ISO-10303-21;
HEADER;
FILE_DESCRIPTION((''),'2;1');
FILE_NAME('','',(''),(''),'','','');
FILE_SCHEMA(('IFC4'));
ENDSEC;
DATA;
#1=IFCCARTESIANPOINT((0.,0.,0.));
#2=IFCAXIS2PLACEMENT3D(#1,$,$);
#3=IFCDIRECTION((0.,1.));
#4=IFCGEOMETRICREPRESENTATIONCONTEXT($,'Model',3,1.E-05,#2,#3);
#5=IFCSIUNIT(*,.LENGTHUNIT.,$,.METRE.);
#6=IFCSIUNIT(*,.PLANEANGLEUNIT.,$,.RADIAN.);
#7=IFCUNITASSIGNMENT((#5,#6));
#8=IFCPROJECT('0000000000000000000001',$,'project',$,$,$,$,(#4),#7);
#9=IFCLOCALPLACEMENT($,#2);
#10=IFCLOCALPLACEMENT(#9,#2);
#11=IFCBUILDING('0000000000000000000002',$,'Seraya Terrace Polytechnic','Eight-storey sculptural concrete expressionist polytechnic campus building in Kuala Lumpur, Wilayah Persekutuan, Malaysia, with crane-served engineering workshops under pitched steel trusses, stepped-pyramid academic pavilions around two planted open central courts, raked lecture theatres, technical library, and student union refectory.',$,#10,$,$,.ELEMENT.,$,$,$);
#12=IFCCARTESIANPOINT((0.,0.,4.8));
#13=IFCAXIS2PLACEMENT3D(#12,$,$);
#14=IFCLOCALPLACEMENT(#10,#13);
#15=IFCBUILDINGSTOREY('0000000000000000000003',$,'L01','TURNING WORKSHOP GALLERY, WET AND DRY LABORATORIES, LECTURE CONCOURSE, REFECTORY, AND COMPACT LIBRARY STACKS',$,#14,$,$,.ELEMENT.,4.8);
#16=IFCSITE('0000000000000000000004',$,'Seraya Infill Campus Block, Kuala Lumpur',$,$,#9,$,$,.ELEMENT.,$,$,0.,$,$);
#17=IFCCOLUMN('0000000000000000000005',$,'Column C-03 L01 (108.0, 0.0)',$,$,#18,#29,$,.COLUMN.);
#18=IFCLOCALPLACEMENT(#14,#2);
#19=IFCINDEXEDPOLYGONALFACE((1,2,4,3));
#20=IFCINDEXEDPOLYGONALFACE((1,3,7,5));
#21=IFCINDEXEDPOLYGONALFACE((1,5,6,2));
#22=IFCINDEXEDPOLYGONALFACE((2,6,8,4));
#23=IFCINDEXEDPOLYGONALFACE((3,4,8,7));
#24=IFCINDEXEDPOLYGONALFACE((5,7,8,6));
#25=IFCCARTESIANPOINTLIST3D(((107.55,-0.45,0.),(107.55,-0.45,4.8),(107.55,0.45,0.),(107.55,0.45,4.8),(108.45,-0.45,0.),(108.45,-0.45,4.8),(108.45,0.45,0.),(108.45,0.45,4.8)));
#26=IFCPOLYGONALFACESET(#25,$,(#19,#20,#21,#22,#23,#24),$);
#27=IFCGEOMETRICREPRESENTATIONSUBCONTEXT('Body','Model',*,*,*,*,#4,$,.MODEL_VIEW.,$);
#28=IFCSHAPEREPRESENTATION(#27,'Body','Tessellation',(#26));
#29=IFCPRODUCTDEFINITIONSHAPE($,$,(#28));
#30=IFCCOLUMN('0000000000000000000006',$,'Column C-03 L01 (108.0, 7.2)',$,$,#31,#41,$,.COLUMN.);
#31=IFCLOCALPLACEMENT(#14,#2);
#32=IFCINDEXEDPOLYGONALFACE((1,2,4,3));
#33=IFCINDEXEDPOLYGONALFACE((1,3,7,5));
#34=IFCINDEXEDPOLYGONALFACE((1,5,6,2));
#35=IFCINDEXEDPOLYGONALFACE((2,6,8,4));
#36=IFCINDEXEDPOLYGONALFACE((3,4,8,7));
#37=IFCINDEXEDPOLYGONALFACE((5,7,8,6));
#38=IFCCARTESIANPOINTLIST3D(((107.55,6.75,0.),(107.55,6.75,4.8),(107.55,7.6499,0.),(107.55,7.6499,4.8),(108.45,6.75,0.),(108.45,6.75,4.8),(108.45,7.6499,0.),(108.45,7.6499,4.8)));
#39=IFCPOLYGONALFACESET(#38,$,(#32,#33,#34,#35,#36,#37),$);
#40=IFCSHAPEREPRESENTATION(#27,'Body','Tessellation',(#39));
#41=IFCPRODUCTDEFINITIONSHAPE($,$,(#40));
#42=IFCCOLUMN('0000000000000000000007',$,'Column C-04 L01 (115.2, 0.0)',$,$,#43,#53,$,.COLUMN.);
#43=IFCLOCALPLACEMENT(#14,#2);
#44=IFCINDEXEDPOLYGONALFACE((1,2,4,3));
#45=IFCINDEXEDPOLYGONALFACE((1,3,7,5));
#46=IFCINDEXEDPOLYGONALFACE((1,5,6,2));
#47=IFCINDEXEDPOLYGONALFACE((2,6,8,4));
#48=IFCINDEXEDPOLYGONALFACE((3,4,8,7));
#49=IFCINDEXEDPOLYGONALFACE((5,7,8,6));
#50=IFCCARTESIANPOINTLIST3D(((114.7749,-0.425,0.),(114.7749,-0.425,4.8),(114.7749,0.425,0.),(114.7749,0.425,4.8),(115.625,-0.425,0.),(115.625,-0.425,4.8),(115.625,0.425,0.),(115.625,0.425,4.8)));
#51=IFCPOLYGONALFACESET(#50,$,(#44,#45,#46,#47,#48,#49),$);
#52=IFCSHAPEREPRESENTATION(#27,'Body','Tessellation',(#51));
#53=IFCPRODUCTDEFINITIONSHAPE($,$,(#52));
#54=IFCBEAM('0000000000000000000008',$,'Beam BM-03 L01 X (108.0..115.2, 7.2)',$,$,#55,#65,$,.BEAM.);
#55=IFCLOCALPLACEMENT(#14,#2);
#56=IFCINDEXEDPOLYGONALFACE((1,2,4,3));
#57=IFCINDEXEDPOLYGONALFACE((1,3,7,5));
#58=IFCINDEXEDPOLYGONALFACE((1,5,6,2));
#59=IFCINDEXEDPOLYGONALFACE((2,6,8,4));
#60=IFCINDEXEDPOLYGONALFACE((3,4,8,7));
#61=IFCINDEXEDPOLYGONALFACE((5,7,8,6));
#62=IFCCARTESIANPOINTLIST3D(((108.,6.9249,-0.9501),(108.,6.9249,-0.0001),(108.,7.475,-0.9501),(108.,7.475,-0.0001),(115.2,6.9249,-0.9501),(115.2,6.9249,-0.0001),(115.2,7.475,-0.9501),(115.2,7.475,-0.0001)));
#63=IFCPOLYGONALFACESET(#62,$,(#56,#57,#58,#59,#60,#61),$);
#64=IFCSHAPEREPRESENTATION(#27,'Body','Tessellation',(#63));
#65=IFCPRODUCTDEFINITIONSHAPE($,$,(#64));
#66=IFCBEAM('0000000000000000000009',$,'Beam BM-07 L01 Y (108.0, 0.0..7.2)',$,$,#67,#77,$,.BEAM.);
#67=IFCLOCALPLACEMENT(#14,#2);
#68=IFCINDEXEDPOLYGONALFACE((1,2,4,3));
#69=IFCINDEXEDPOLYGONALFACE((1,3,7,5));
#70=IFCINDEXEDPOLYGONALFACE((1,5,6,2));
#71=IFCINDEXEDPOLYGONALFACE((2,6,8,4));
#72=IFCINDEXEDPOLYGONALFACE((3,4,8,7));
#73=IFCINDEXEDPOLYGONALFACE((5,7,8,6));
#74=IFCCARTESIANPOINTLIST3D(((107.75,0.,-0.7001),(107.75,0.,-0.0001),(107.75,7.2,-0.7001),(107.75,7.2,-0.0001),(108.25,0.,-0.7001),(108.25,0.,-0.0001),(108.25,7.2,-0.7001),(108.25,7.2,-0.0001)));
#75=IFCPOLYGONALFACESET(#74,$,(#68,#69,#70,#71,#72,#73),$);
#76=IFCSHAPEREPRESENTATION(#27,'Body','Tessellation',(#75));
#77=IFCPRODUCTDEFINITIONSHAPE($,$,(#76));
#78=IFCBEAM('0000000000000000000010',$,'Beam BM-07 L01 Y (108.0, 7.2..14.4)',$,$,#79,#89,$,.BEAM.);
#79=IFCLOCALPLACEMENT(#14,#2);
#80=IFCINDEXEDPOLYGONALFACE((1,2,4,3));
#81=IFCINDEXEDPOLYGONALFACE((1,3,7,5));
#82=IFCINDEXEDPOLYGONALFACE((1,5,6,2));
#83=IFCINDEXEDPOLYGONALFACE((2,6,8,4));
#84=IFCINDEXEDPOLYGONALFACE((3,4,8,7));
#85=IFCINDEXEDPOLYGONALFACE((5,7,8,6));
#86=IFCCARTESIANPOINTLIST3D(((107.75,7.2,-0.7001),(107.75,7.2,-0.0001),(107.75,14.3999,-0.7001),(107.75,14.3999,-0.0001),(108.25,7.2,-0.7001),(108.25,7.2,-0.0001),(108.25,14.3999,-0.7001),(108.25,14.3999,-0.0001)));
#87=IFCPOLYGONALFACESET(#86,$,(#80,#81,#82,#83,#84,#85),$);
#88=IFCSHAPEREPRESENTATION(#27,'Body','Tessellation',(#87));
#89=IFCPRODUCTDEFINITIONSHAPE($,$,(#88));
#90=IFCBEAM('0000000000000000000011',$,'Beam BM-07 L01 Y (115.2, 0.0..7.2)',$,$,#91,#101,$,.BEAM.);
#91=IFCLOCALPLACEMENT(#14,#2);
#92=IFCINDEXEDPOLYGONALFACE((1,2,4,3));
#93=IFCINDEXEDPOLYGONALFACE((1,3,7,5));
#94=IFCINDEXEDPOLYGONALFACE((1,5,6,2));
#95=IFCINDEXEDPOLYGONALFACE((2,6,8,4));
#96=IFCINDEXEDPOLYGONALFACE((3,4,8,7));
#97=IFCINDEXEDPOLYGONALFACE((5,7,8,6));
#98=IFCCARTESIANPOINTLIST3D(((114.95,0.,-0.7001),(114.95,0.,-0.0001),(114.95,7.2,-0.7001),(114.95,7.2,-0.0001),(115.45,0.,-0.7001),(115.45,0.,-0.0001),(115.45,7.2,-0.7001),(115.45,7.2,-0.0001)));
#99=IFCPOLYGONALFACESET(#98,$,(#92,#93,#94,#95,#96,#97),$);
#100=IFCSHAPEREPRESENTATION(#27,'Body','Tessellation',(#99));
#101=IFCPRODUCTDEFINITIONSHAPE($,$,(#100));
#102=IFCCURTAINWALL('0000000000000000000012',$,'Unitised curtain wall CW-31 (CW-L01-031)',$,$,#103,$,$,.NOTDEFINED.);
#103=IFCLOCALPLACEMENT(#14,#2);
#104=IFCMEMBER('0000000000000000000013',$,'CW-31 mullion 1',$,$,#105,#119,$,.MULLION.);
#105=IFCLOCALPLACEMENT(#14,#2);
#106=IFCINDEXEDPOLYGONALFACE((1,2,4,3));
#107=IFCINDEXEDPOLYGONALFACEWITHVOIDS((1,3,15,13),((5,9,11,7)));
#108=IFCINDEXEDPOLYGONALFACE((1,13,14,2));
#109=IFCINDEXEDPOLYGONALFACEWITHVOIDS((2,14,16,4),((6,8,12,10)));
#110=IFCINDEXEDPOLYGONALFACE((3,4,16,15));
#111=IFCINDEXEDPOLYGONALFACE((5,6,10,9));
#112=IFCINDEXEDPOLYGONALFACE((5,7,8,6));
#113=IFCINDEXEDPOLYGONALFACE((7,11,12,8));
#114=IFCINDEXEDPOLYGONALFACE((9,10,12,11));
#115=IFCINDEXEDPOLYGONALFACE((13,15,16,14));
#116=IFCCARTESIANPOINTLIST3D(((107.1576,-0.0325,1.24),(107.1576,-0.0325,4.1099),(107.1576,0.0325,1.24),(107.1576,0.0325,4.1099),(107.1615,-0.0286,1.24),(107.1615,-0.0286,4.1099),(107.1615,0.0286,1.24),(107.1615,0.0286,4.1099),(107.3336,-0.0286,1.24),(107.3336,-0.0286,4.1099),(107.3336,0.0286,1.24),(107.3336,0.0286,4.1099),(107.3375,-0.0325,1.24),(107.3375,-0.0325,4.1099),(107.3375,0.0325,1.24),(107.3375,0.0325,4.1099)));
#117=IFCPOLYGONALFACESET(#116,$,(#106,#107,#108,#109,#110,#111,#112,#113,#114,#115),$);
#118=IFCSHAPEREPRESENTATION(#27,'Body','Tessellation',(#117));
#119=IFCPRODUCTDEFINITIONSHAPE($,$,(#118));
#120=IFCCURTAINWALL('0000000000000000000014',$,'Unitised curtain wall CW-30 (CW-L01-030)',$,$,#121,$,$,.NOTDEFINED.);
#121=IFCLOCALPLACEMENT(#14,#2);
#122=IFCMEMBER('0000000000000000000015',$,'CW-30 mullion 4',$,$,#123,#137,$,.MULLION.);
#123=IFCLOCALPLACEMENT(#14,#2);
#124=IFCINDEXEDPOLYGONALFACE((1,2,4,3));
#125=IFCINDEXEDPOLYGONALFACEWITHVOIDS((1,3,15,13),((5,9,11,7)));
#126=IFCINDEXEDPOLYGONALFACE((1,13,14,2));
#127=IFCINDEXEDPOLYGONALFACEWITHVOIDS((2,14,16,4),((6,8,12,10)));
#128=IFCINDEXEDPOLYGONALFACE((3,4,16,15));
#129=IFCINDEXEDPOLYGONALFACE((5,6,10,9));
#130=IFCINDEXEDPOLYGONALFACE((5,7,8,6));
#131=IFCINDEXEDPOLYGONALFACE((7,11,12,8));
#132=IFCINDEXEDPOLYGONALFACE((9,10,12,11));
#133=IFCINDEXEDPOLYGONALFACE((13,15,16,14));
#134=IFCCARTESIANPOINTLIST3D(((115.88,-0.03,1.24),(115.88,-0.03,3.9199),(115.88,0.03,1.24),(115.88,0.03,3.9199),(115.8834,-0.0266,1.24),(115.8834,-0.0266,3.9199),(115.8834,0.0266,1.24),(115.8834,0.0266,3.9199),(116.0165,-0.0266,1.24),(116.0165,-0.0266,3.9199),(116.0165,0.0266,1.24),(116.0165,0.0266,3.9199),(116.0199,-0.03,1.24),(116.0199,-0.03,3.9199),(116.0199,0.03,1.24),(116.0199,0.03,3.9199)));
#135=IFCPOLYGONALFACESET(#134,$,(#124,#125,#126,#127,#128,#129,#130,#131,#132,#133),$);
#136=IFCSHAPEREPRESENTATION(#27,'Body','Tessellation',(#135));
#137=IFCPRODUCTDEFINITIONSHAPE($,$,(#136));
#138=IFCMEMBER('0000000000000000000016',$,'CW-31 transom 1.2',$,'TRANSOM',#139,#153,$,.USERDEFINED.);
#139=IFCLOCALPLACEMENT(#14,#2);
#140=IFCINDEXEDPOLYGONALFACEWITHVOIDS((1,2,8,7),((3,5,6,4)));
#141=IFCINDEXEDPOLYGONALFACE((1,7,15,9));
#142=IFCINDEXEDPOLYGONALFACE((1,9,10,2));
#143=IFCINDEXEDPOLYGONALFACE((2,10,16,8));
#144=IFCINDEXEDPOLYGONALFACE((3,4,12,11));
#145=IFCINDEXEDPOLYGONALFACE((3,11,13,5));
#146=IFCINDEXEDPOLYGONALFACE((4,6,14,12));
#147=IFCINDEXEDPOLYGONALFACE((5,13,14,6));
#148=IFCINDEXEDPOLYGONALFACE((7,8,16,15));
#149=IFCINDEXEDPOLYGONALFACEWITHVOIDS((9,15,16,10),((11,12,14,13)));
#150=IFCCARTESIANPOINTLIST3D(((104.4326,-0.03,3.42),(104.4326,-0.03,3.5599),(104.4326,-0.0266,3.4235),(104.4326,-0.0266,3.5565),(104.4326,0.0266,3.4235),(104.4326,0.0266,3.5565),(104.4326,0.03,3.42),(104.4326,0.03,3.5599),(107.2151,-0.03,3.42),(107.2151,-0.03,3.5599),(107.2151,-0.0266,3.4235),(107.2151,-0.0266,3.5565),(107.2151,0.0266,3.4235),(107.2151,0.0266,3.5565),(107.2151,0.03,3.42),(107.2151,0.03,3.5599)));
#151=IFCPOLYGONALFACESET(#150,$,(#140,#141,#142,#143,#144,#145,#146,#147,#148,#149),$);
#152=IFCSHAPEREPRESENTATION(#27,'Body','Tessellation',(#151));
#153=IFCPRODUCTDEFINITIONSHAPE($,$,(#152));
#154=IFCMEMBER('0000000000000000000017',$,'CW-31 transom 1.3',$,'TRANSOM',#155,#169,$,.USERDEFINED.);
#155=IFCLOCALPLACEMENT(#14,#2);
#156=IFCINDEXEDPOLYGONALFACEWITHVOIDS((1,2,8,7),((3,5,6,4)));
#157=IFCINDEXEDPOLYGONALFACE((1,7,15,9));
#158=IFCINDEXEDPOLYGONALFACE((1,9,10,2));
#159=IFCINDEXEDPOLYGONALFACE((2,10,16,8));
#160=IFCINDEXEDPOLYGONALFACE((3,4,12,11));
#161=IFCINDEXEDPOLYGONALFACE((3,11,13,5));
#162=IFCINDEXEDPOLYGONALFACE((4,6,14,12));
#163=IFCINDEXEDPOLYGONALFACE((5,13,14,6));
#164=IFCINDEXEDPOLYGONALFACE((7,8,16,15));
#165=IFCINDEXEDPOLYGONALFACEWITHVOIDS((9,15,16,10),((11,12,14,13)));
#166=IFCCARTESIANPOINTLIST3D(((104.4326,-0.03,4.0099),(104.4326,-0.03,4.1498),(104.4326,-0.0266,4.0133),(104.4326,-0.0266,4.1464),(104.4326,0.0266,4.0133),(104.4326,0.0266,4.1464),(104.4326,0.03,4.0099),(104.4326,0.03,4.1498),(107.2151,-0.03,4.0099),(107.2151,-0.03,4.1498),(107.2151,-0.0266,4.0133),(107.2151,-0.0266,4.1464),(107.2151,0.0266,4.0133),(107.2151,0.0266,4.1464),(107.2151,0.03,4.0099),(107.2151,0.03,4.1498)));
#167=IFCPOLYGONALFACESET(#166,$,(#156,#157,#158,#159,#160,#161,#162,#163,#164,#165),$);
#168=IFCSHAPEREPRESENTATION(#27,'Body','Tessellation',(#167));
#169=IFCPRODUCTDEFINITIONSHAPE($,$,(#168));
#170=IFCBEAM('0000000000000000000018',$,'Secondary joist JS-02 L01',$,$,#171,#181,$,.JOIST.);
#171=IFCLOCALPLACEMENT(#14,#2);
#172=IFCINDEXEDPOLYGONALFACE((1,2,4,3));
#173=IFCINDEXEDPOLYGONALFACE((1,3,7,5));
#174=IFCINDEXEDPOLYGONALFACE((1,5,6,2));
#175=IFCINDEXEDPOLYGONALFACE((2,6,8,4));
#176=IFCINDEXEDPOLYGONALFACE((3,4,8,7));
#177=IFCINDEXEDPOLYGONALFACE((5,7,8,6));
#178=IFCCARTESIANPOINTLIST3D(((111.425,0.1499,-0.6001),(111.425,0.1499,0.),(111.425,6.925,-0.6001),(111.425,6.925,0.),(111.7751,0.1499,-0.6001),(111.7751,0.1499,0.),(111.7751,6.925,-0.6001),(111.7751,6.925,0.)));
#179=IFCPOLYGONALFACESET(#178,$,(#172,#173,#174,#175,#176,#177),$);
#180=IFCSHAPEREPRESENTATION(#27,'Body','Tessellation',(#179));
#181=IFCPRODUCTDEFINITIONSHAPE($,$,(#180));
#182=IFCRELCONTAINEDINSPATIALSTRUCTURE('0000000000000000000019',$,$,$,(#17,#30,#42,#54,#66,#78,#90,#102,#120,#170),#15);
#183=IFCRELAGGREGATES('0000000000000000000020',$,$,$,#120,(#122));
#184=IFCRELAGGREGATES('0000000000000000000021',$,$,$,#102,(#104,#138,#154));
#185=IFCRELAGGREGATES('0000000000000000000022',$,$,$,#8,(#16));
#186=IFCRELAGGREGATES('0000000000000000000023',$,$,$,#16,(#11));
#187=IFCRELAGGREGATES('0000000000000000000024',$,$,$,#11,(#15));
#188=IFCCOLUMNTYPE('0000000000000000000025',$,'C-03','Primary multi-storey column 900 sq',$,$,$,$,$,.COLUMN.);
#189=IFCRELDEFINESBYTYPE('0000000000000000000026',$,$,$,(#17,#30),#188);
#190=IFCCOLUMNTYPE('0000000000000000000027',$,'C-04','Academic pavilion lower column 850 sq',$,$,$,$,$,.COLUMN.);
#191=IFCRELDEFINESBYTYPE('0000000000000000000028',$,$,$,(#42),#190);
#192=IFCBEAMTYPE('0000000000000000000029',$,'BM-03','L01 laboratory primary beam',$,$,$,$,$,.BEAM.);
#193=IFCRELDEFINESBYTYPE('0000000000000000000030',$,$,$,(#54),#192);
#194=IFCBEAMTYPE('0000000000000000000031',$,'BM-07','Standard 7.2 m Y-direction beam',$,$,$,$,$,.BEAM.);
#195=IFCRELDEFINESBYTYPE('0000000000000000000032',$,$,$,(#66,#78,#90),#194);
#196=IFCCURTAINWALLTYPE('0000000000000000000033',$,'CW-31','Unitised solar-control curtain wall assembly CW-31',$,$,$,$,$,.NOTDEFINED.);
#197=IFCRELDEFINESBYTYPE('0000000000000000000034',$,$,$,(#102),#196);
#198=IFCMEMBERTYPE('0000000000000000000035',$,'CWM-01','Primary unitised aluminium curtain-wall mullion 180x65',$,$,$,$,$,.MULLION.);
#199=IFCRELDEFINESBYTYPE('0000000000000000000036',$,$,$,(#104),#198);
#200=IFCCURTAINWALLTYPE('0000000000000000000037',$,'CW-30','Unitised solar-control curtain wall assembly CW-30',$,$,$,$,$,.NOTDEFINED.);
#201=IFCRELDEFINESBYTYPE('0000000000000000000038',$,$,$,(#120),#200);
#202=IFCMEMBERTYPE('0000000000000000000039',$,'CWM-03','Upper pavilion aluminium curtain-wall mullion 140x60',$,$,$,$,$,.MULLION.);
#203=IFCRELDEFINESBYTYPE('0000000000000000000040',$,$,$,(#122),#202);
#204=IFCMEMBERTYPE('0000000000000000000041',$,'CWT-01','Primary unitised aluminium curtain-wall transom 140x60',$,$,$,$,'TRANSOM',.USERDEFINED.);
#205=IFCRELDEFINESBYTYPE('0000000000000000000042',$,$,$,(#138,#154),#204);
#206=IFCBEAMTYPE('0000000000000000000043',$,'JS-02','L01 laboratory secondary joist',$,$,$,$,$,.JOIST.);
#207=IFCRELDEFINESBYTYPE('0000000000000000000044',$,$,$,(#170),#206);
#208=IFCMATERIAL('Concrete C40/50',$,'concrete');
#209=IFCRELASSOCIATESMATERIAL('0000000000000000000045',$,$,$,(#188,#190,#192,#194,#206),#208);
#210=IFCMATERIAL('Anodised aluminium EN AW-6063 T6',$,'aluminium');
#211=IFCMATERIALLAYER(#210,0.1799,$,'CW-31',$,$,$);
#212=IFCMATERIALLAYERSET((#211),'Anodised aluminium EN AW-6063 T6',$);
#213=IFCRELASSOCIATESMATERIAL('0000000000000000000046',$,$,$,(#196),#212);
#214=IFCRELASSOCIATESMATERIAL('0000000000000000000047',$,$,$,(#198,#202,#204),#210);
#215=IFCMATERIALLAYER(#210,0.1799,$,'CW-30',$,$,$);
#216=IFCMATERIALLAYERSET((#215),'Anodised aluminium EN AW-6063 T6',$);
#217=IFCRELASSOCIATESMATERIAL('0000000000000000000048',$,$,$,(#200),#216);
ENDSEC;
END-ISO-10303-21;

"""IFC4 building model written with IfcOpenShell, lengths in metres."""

from ifc_helpers import new_model, si_unit, direction, frame, origin, origin_2d, place, context, subcontext, project, spatial, rectangle, hollow_rectangle, extrude, material, layer, layer_set, material_profile, profile_set, type_object, element, aggregate, save


model = new_model("IFC4")

# Units and contexts
model_context = context("Model", 3, precision=1e-05, world=origin(), true_north=direction((0.0, 1.0)))
body_context = subcontext(model_context, "Body", "Model", "MODEL_VIEW")
ifc_project = project(units=[si_unit("LENGTHUNIT", "METRE"), si_unit("PLANEANGLEUNIT", "RADIAN")], contexts=[model_context])

# Site, building, storey
site_placement = place(None, origin())
site = spatial("IfcSite", under=ifc_project, at=site_placement, Name="Seraya Infill Campus Block, Kuala Lumpur", CompositionType="ELEMENT", RefElevation=0.0)
building_placement = place(site_placement, origin())
building = spatial("IfcBuilding", under=site, at=building_placement, Name="Seraya Terrace Polytechnic", Description="Eight-storey sculptural concrete expressionist polytechnic campus building in Kuala Lumpur, Wilayah Persekutuan, Malaysia, with crane-served engineering workshops under pitched steel trusses, stepped-pyramid academic pavilions around two planted open central courts, raked lecture theatres, technical library, and student union refectory.", CompositionType="ELEMENT")
storey_placement = place(building_placement, frame((0.0, 0.0, 4.8)))
storey = spatial("IfcBuildingStorey", under=building, at=storey_placement, Name="L01", Description="TURNING WORKSHOP GALLERY, WET AND DRY LABORATORIES, LECTURE CONCOURSE, REFECTORY, AND COMPACT LIBRARY STACKS", CompositionType="ELEMENT", Elevation=4.8)

# Columns
ifc_material_1 = material(Name="Concrete C40/50", Category="concrete")
ifc_material_profile_1 = material_profile(ifc_material_1, rectangle(XDim=0.8999, YDim=0.8999, at=origin_2d()), Name="RC 900x900")
ifc_profile_set_1 = profile_set([ifc_material_profile_1], Name="Concrete C40/50")
column_type_1 = type_object("IfcColumnType", Name="C-03", Description="Primary multi-storey column 900 sq", PredefinedType="COLUMN", material=ifc_profile_set_1)
for number, where, z_axis, x_axis, name in (
    (1, (108.0, 0.0, 0.0), (0.0, 0.0, 1.0), (1.0, 0.0, 0.0), "Column C-03 L01 (108.0, 0.0)"),
    (2, (108.0, 7.2, 0.0), (0.0, 0.0, 1.0), (1.0, 0.0, 0.0), "Column C-03 L01 (108.0, 7.2)"),
):
    element("IfcColumn", number, at=place(storey_placement, frame(where, z_axis=z_axis, x_axis=x_axis)), inside=storey, type_object=column_type_1, Name=name, PredefinedType="COLUMN", context=body_context, shape_type="SweptSolid", body=[
        extrude(rectangle(XDim=0.8999, YDim=0.8999, at=origin_2d()), origin(), (0.0, 0.0, 1.0), 4.8),
    ])
ifc_material_profile_2 = material_profile(ifc_material_1, rectangle(XDim=0.8501, YDim=0.8501, at=origin_2d()), Name="RC 850x850")
ifc_profile_set_2 = profile_set([ifc_material_profile_2], Name="Concrete C40/50")
column_type_2 = type_object("IfcColumnType", Name="C-04", Description="Academic pavilion lower column 850 sq", PredefinedType="COLUMN", material=ifc_profile_set_2)
column_placement = place(storey_placement, frame((115.2, 0.0, 0.0), z_axis=(0.0, 0.0, 1.0), x_axis=(1.0, 0.0, 0.0)))
element("IfcColumn", 3, at=column_placement, inside=storey, type_object=column_type_2, Name="Column C-04 L01 (115.2, 0.0)", PredefinedType="COLUMN", context=body_context, shape_type="SweptSolid", body=[
    extrude(rectangle(XDim=0.8501, YDim=0.8501, at=origin_2d()), origin(), (0.0, 0.0, 1.0), 4.8),
])

# Beams
ifc_material_profile_3 = material_profile(ifc_material_1, rectangle(XDim=0.55, YDim=0.95, at=origin_2d()), Name="RC 550x950")
ifc_profile_set_3 = profile_set([ifc_material_profile_3], Name="Concrete C40/50")
beam_type_1 = type_object("IfcBeamType", Name="BM-03", Description="L01 laboratory primary beam", PredefinedType="BEAM", material=ifc_profile_set_3)
beam_1_placement = place(storey_placement, frame((108.0, 7.2, -0.4751), z_axis=(1.0, 0.0, 0.0), x_axis=(0.0, 1.0, 0.0)))
element("IfcBeam", 4, at=beam_1_placement, inside=storey, type_object=beam_type_1, Name="Beam BM-03 L01 X (108.0..115.2, 7.2)", PredefinedType="BEAM", context=body_context, shape_type="SweptSolid", body=[
    extrude(rectangle(XDim=0.55, YDim=0.95, at=origin_2d()), origin(), (0.0, 0.0, 1.0), 7.2),
])
ifc_material_profile_4 = material_profile(ifc_material_1, rectangle(XDim=0.5, YDim=0.7, at=origin_2d()), Name="RC 500x700")
ifc_profile_set_4 = profile_set([ifc_material_profile_4], Name="Concrete C40/50")
beam_type_2 = type_object("IfcBeamType", Name="BM-07", Description="Standard 7.2 m Y-direction beam", PredefinedType="BEAM", material=ifc_profile_set_4)
for number, where, z_axis, x_axis, name in (
    (5, (108.0, 0.0, -0.3501), (0.0, 1.0, 0.0), (-1.0, 0.0, 0.0), "Beam BM-07 L01 Y (108.0, 0.0..7.2)"),
    (6, (108.0, 7.2, -0.3501), (0.0, 1.0, 0.0), (-1.0, 0.0, 0.0), "Beam BM-07 L01 Y (108.0, 7.2..14.4)"),
    (7, (115.2, 0.0, -0.3501), (0.0, 1.0, 0.0), (-1.0, 0.0, 0.0), "Beam BM-07 L01 Y (115.2, 0.0..7.2)"),
):
    element("IfcBeam", number, at=place(storey_placement, frame(where, z_axis=z_axis, x_axis=x_axis)), inside=storey, type_object=beam_type_2, Name=name, PredefinedType="BEAM", context=body_context, shape_type="SweptSolid", body=[
        extrude(rectangle(XDim=0.5, YDim=0.7, at=origin_2d()), origin(), (0.0, 0.0, 1.0), 7.2),
    ])

# Curtain walls, members
ifc_material_2 = material(Name="Anodised aluminium EN AW-6063 T6", Category="aluminium")
ifc_layer_1 = layer(ifc_material_2, 0.1799, Name="CW-31")
ifc_layer_set_1 = layer_set([ifc_layer_1], Name="Anodised aluminium EN AW-6063 T6")
curtain_wall_type_1 = type_object("IfcCurtainWallType", Name="CW-31", Description="Unitised solar-control curtain wall assembly CW-31", PredefinedType="NOTDEFINED", material=ifc_layer_set_1)
curtain_wall_1_placement = place(storey_placement, origin())
curtain_wall_1 = element("IfcCurtainWall", 8, at=curtain_wall_1_placement, inside=storey, type_object=curtain_wall_type_1, Name="Unitised curtain wall CW-31 (CW-L01-031)", PredefinedType="NOTDEFINED")
ifc_material_profile_5 = material_profile(ifc_material_2, hollow_rectangle(XDim=0.0649, YDim=0.1799, WallThickness=0.0039, at=origin_2d()), Name="RHS 180x65x4.0")
ifc_profile_set_5 = profile_set([ifc_material_profile_5], Name="Anodised aluminium EN AW-6063 T6")
member_type_1 = type_object("IfcMemberType", Name="CWM-01", Description="Primary unitised aluminium curtain-wall mullion 180x65", PredefinedType="MULLION", material=ifc_profile_set_5)
member_1_placement = place(storey_placement, frame((107.2476, 0.0, 1.24), z_axis=(0.0, 0.0, 1.0), x_axis=(0.0, -1.0, 0.0)))
member_1 = element("IfcMember", 9, at=member_1_placement, type_object=member_type_1, Name="CW-31 mullion 1", PredefinedType="MULLION", context=body_context, shape_type="SweptSolid", body=[
    extrude(hollow_rectangle(XDim=0.0649, YDim=0.1799, WallThickness=0.0039, at=origin_2d()), origin(), (0.0, 0.0, 1.0), 2.8699),
])
ifc_layer_2 = layer(ifc_material_2, 0.1799, Name="CW-30")
ifc_layer_set_2 = layer_set([ifc_layer_2], Name="Anodised aluminium EN AW-6063 T6")
curtain_wall_type_2 = type_object("IfcCurtainWallType", Name="CW-30", Description="Unitised solar-control curtain wall assembly CW-30", PredefinedType="NOTDEFINED", material=ifc_layer_set_2)
curtain_wall_2_placement = place(storey_placement, origin())
curtain_wall_2 = element("IfcCurtainWall", 10, at=curtain_wall_2_placement, inside=storey, type_object=curtain_wall_type_2, Name="Unitised curtain wall CW-30 (CW-L01-030)", PredefinedType="NOTDEFINED")
ifc_material_profile_6 = material_profile(ifc_material_2, hollow_rectangle(XDim=0.0601, YDim=0.1399, WallThickness=0.0034, at=origin_2d()), Name="RHS 140x60x3.5")
ifc_profile_set_6 = profile_set([ifc_material_profile_6], Name="Anodised aluminium EN AW-6063 T6")
member_type_2 = type_object("IfcMemberType", Name="CWM-03", Description="Upper pavilion aluminium curtain-wall mullion 140x60", PredefinedType="MULLION", material=ifc_profile_set_6)
member_2_placement = place(storey_placement, frame((115.95, 0.0, 1.24), z_axis=(0.0, 0.0, 1.0), x_axis=(0.0, -1.0, 0.0)))
member_2 = element("IfcMember", 11, at=member_2_placement, type_object=member_type_2, Name="CW-30 mullion 4", PredefinedType="MULLION", context=body_context, shape_type="SweptSolid", body=[
    extrude(hollow_rectangle(XDim=0.0601, YDim=0.1399, WallThickness=0.0034, at=origin_2d()), origin(), (0.0, 0.0, 1.0), 2.6799),
])
aggregate(curtain_wall_2, [member_2])

# Members
ifc_material_profile_7 = material_profile(ifc_material_2, hollow_rectangle(XDim=0.0601, YDim=0.1399, WallThickness=0.0034, at=origin_2d()), Name="RHS 140x60x3.5")
ifc_profile_set_7 = profile_set([ifc_material_profile_7], Name="Anodised aluminium EN AW-6063 T6")
member_type_3 = type_object("IfcMemberType", Name="CWT-01", Description="Primary unitised aluminium curtain-wall transom 140x60", ElementType="TRANSOM", PredefinedType="USERDEFINED", material=ifc_profile_set_7)
member_3_placement = place(storey_placement, frame((107.2151, 0.0, 3.49), z_axis=(-1.0, 0.0, 0.0), x_axis=(0.0, -1.0, 0.0)))
member_3 = element("IfcMember", 12, at=member_3_placement, type_object=member_type_3, Name="CW-31 transom 1.2", ObjectType="TRANSOM", PredefinedType="USERDEFINED", context=body_context, shape_type="SweptSolid", body=[
    extrude(hollow_rectangle(XDim=0.0601, YDim=0.1399, WallThickness=0.0034, at=origin_2d()), origin(), (0.0, 0.0, 1.0), 2.7825),
])
member_4_placement = place(storey_placement, frame((107.2151, 0.0, 4.0798), z_axis=(-1.0, 0.0, 0.0), x_axis=(0.0, -1.0, 0.0)))
member_4 = element("IfcMember", 13, at=member_4_placement, type_object=member_type_3, Name="CW-31 transom 1.3", ObjectType="TRANSOM", PredefinedType="USERDEFINED", context=body_context, shape_type="SweptSolid", body=[
    extrude(hollow_rectangle(XDim=0.0601, YDim=0.1399, WallThickness=0.0034, at=origin_2d()), origin(), (0.0, 0.0, 1.0), 2.7825),
])
aggregate(curtain_wall_1, [member_1, member_3, member_4])

# Beam
ifc_material_profile_8 = material_profile(ifc_material_1, rectangle(XDim=0.3501, YDim=0.6001, at=origin_2d()), Name="RC 350x600")
ifc_profile_set_8 = profile_set([ifc_material_profile_8], Name="Concrete C40/50")
beam_type_3 = type_object("IfcBeamType", Name="JS-02", Description="L01 laboratory secondary joist", PredefinedType="JOIST", material=ifc_profile_set_8)
beam_2_placement = place(storey_placement, frame((111.6001, 0.1499, -0.3), z_axis=(0.0, 1.0, 0.0), x_axis=(-1.0, 0.0, 0.0)))
element("IfcBeam", 14, at=beam_2_placement, inside=storey, type_object=beam_type_3, Name="Secondary joist JS-02 L01", PredefinedType="JOIST", context=body_context, shape_type="SweptSolid", body=[
    extrude(rectangle(XDim=0.3501, YDim=0.6001, at=origin_2d()), origin(), (0.0, 0.0, 1.0), 6.7751),
])

save(model, "model.ifc")
